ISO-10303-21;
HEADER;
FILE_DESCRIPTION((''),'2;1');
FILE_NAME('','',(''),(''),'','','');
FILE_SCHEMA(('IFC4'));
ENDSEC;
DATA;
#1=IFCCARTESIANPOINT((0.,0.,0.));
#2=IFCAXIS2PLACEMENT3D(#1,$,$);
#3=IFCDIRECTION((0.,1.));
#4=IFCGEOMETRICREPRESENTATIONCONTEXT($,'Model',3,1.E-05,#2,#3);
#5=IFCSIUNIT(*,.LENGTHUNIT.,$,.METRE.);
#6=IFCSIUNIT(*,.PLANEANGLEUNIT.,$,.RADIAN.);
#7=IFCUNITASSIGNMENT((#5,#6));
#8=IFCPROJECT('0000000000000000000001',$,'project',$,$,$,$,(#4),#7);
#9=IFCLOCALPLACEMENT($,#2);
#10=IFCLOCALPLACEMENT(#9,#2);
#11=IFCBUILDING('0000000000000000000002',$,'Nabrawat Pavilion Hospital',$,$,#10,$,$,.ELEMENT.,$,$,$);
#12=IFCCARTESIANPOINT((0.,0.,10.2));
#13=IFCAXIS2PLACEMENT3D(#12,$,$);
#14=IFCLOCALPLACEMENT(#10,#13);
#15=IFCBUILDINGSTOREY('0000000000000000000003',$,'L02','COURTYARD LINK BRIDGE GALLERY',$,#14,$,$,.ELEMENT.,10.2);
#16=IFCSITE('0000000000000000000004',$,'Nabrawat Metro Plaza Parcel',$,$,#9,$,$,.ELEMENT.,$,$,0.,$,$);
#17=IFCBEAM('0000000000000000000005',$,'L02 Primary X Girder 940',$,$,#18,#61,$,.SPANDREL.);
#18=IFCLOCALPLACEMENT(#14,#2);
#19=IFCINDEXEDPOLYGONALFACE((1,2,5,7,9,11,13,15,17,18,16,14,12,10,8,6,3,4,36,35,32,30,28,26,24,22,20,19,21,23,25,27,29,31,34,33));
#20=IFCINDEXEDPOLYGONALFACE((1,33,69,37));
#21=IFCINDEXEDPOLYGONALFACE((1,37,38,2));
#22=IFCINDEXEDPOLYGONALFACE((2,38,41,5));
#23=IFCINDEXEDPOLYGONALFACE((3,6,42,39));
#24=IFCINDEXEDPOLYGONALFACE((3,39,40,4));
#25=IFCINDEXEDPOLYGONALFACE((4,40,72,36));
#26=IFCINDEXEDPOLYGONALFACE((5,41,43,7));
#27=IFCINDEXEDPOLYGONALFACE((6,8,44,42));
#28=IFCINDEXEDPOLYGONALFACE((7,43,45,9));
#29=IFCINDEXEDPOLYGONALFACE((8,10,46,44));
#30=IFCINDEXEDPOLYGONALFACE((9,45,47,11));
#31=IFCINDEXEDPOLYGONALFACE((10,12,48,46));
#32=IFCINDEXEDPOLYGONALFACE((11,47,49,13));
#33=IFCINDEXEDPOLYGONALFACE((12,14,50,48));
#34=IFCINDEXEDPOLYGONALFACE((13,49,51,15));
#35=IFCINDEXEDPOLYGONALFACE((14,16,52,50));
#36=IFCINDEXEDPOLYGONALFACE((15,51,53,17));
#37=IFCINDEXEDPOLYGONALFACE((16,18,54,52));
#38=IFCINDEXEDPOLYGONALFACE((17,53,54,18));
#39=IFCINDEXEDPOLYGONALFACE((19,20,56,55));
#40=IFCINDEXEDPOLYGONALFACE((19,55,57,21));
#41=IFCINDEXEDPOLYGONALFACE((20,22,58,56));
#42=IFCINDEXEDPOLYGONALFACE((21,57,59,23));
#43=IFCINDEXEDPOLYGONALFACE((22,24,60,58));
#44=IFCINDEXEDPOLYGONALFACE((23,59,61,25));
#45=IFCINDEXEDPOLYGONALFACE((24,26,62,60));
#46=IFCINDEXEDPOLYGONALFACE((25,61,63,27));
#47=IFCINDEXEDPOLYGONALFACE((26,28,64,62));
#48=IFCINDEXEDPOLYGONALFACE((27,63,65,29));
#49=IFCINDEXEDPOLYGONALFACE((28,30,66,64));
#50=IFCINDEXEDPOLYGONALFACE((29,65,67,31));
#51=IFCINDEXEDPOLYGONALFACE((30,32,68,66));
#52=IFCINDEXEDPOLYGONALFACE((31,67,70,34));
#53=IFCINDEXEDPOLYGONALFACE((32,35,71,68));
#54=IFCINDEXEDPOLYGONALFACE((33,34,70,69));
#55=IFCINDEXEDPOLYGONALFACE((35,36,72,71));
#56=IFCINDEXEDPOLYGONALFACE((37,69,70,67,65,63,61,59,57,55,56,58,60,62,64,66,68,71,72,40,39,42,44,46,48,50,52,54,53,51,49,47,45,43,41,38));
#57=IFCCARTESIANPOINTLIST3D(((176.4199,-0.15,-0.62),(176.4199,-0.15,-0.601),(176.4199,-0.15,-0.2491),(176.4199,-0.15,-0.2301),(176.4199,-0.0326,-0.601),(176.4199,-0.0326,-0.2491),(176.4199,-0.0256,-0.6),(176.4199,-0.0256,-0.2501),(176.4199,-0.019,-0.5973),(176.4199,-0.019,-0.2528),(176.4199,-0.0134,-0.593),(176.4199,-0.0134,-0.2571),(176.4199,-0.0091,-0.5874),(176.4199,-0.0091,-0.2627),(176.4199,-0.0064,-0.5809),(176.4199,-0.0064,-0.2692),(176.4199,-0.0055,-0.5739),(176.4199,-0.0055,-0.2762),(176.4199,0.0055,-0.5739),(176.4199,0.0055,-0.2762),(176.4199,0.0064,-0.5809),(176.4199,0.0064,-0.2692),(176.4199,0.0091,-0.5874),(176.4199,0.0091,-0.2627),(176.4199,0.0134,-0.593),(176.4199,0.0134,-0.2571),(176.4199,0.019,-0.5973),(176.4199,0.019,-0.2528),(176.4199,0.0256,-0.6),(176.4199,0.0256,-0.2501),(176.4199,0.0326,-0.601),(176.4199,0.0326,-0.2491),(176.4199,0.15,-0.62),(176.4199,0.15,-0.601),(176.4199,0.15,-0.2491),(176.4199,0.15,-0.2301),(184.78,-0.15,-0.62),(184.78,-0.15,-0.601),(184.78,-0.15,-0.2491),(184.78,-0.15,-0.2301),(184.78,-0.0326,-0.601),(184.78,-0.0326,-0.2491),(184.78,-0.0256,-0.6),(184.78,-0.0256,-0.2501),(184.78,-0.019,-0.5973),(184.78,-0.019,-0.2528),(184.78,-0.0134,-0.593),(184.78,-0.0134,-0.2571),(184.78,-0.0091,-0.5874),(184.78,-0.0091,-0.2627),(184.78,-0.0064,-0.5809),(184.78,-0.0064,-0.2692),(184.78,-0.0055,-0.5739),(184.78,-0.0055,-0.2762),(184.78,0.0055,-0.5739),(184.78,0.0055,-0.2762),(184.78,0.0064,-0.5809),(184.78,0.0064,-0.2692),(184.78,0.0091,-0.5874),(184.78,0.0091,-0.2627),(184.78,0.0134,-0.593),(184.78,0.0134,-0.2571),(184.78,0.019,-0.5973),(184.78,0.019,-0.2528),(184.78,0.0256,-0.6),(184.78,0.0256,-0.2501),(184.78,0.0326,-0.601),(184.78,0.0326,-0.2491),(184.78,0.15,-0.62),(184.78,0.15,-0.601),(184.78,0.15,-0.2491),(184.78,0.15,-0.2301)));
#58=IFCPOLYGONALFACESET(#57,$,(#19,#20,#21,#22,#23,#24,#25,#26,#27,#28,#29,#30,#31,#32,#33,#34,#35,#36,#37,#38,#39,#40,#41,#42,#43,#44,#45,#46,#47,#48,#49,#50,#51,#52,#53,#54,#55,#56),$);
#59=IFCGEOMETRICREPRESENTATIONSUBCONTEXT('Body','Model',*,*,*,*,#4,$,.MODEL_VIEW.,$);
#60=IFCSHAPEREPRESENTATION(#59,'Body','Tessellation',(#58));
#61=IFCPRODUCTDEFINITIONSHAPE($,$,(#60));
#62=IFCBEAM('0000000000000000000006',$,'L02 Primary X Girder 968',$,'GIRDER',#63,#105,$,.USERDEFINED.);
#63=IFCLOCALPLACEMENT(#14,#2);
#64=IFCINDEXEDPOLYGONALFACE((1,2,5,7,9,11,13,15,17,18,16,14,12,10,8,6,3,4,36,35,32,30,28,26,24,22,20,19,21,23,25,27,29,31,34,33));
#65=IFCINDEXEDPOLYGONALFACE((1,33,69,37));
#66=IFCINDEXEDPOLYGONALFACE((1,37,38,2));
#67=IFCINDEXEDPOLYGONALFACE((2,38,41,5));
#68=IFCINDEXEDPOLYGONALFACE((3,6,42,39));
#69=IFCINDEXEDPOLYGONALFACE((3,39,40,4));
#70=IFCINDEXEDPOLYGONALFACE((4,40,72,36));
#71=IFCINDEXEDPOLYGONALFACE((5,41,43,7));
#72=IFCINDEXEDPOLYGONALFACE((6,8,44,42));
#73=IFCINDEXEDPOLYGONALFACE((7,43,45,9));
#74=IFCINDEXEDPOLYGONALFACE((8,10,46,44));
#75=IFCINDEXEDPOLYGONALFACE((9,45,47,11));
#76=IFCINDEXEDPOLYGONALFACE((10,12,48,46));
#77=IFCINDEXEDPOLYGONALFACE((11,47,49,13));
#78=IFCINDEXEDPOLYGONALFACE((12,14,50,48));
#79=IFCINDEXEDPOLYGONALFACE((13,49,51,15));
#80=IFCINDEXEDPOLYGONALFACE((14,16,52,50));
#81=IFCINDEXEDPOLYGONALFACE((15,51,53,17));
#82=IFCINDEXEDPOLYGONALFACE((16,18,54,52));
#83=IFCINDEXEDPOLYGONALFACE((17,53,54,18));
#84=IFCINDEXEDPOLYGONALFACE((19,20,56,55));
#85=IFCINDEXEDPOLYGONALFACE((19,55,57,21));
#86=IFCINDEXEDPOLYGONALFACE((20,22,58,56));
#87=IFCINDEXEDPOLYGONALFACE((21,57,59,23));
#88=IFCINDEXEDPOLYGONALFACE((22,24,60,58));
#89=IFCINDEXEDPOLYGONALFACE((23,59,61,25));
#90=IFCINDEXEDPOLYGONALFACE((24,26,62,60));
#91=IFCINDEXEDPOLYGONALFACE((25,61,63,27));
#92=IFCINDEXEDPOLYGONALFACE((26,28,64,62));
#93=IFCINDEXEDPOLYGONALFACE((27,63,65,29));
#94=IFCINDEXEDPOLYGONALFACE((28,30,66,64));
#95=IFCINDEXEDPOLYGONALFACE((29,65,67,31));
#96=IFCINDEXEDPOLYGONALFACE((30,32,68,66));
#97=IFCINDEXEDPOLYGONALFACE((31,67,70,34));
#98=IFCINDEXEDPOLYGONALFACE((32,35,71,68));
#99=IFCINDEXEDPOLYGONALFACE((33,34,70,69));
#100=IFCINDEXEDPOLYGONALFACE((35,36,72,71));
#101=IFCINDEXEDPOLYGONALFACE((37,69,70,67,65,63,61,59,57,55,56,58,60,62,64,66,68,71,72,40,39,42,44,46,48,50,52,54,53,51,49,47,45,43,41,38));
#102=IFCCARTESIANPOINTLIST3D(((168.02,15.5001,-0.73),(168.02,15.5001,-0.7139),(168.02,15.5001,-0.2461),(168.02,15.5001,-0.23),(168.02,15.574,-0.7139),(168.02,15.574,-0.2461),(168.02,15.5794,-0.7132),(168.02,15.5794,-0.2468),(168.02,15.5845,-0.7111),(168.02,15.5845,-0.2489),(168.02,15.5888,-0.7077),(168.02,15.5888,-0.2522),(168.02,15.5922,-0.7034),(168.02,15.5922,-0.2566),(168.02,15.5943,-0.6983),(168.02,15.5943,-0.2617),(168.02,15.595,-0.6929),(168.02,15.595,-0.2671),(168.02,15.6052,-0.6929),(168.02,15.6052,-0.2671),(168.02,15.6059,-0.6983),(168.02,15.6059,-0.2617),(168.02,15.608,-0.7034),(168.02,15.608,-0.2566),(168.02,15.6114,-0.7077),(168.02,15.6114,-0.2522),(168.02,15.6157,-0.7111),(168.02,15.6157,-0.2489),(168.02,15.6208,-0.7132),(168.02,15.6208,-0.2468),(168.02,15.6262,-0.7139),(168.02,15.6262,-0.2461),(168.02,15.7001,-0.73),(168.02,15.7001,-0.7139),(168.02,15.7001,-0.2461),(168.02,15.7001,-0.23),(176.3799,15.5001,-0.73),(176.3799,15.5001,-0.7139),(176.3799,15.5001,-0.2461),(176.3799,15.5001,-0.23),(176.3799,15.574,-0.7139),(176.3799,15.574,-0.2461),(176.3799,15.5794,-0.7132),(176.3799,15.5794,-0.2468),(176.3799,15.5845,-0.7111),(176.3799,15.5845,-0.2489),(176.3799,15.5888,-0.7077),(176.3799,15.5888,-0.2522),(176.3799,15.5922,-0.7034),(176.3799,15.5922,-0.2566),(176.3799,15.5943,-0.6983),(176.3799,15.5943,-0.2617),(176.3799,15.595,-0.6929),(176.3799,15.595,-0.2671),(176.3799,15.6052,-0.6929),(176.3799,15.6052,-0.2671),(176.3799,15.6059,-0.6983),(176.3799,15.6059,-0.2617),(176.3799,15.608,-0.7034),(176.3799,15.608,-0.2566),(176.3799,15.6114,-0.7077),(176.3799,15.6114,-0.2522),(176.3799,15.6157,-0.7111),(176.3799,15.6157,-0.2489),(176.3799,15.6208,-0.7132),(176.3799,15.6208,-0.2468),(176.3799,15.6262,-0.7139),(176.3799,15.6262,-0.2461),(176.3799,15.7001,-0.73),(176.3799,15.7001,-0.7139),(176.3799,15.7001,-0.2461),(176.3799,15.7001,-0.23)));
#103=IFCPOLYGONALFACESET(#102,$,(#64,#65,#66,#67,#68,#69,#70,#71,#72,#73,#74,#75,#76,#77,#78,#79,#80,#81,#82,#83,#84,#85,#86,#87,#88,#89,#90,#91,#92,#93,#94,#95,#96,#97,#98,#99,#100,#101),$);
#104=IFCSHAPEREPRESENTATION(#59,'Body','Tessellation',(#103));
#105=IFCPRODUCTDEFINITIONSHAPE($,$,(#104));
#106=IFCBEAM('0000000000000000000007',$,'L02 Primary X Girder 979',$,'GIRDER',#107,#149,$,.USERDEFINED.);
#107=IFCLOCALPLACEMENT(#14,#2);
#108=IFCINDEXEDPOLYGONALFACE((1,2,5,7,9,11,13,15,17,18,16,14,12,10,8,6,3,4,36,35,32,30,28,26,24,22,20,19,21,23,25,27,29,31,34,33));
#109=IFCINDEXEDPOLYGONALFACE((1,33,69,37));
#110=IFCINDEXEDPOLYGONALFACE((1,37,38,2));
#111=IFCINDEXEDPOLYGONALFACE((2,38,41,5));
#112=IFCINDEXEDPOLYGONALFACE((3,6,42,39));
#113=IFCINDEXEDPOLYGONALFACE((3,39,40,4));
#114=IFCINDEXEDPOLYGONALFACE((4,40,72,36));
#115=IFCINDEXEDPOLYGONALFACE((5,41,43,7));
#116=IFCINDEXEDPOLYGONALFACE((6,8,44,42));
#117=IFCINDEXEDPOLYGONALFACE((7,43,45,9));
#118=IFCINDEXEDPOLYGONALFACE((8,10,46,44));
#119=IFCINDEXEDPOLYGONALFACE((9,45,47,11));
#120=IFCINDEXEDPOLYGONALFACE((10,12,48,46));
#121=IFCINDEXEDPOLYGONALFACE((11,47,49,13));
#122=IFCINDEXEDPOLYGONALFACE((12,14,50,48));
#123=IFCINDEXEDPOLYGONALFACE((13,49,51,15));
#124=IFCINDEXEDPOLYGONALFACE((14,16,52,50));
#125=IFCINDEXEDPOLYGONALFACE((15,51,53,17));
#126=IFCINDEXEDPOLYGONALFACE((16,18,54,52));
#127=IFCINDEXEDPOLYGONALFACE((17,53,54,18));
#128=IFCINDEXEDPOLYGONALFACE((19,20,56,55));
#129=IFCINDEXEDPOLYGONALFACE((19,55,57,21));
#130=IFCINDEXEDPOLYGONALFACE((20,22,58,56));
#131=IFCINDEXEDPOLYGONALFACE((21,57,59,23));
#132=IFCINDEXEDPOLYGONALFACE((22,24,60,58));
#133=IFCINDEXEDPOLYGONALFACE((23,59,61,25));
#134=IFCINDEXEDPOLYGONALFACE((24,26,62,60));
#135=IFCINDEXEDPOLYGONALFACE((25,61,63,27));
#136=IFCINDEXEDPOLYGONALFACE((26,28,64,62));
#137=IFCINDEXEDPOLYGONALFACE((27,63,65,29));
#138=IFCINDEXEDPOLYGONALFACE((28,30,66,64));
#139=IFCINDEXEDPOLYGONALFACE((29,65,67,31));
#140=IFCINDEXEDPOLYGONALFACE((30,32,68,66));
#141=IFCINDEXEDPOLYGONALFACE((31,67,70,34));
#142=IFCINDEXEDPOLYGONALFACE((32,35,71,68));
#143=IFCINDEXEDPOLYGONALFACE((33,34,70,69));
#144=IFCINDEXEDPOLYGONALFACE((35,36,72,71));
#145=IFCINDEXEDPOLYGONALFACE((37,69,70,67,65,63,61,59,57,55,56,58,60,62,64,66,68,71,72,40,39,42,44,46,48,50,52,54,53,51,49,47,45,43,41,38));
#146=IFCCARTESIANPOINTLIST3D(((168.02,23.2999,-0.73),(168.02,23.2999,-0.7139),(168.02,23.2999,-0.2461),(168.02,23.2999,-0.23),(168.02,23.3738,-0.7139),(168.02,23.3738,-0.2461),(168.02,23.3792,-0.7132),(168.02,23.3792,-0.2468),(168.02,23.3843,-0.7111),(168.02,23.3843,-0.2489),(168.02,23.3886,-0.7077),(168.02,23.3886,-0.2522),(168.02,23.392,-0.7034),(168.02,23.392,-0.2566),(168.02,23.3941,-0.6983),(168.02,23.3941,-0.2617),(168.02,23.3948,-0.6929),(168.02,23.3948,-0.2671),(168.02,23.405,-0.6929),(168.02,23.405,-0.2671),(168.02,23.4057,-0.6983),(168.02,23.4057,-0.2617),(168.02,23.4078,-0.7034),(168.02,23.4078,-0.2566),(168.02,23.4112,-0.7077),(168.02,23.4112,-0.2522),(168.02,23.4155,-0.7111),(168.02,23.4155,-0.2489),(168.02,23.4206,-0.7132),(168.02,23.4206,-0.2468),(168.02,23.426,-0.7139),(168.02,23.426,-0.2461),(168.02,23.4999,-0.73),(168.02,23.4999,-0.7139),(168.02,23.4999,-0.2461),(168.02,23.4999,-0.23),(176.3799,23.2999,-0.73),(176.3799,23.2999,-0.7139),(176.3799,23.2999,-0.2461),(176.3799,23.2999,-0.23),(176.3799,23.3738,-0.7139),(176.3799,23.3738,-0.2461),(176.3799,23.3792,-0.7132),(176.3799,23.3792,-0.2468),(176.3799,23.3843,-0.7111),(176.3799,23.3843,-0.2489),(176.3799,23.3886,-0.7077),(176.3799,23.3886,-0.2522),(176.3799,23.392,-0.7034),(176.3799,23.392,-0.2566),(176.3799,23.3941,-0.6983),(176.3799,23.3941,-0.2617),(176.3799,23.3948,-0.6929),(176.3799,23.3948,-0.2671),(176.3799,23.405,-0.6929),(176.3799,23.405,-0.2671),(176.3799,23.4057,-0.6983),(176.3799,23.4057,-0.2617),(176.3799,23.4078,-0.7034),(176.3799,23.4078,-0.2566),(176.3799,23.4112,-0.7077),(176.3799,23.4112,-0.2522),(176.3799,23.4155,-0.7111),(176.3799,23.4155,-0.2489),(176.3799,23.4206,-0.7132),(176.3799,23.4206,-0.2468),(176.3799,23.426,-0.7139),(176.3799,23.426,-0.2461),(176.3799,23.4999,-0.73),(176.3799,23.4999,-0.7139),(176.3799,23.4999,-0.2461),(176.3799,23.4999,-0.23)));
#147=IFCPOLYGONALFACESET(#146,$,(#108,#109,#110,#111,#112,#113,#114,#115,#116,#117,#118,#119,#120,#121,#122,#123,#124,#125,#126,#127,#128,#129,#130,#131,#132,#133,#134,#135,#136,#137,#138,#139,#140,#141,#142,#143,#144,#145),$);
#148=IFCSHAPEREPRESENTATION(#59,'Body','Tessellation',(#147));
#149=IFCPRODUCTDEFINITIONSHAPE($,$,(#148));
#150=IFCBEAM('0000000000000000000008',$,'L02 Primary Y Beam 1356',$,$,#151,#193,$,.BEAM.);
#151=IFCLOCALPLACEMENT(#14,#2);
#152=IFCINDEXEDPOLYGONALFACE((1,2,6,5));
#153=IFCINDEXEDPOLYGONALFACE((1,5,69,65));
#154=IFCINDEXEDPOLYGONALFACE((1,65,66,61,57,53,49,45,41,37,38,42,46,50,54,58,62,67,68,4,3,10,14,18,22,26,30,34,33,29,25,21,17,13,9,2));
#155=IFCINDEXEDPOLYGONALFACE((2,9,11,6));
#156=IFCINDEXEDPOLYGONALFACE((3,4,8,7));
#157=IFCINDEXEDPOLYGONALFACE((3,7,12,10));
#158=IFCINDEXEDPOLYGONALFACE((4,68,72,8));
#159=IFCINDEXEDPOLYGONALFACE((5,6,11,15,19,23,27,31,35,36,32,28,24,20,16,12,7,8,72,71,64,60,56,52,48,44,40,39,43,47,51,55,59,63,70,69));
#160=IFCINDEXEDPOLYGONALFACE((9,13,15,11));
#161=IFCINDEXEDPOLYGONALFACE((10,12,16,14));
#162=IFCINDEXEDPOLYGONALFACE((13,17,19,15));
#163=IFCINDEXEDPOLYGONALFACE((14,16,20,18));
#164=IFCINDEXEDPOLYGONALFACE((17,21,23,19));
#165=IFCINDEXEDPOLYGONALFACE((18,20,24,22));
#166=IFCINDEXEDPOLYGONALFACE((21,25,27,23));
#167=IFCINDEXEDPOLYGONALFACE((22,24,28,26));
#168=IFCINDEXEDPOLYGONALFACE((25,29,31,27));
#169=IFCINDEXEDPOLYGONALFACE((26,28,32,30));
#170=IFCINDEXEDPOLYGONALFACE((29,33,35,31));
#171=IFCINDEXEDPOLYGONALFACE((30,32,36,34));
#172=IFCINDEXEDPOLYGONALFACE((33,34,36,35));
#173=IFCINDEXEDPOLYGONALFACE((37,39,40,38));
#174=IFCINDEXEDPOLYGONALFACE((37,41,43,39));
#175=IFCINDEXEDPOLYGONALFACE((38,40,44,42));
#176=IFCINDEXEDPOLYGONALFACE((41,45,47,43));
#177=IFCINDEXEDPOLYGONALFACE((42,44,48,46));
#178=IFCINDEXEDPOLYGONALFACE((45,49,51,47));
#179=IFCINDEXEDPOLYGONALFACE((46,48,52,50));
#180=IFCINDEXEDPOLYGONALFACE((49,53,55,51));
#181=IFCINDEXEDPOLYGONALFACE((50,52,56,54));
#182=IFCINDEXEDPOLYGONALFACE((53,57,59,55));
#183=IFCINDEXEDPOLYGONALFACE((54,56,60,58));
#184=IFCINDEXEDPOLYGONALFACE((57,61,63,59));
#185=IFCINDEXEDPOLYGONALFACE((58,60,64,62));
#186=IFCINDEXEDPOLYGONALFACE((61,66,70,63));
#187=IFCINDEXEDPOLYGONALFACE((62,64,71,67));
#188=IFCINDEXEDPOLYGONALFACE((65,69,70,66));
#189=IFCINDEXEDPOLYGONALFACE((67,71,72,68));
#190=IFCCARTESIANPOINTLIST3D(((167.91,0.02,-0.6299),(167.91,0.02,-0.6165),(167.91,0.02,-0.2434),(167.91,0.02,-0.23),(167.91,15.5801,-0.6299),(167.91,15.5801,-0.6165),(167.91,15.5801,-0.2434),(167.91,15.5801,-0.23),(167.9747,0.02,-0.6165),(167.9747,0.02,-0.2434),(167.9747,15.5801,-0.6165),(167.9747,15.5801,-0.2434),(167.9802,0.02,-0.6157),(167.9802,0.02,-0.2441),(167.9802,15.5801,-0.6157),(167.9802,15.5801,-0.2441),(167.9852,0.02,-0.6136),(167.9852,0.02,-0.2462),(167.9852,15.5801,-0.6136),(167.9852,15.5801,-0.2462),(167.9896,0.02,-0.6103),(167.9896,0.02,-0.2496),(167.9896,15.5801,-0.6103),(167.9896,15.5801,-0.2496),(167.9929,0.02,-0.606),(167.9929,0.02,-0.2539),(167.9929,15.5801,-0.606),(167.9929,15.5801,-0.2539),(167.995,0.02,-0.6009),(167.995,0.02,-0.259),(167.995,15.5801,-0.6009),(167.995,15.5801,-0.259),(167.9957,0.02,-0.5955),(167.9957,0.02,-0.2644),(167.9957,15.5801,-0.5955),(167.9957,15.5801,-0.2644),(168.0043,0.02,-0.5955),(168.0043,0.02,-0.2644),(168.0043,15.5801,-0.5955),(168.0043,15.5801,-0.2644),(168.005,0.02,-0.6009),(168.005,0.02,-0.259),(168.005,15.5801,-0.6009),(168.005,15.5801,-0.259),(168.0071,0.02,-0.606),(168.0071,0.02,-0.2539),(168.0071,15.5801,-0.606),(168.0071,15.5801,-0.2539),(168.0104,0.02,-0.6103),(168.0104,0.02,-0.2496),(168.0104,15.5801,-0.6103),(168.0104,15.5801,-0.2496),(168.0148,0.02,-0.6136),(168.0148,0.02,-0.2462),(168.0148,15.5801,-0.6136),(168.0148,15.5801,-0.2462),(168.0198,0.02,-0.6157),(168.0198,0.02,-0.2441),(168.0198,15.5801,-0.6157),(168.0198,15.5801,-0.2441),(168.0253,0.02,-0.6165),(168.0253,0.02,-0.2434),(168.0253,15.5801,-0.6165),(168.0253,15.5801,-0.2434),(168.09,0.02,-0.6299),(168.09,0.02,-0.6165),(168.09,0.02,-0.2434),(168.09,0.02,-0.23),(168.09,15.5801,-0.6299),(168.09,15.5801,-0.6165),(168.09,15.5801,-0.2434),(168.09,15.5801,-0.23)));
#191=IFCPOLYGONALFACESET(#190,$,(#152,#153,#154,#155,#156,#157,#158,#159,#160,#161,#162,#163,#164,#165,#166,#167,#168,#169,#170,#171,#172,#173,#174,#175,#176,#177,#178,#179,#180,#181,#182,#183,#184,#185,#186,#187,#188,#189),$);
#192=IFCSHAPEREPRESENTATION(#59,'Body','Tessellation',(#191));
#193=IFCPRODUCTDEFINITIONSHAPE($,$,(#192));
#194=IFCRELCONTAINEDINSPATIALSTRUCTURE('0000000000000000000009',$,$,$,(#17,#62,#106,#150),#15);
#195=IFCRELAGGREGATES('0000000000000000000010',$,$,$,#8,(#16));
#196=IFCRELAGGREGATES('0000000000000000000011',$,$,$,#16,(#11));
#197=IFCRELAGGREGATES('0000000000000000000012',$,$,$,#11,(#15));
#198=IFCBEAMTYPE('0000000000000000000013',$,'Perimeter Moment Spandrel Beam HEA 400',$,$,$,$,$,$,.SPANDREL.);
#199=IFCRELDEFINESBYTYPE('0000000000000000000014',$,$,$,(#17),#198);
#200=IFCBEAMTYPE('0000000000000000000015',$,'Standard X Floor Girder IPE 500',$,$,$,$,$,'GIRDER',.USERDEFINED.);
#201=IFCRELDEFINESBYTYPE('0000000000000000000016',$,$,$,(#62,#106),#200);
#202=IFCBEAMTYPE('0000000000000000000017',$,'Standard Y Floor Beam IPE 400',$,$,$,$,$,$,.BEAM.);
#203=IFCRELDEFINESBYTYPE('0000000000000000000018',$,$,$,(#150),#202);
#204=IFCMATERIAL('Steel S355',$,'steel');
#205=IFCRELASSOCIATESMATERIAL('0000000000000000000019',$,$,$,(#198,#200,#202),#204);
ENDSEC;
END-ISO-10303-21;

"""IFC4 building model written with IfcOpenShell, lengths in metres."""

from ifc_helpers import new_model, si_unit, direction, frame, origin, origin_2d, place, context, subcontext, project, spatial, i_section, extrude, material, material_profile, profile_set, type_object, element, save


model = new_model("IFC4")

# Units and contexts
model_context = context("Model", 3, precision=1e-05, world=origin(), true_north=direction((0.0, 1.0)))
body_context = subcontext(model_context, "Body", "Model", "MODEL_VIEW")
ifc_project = project(units=[si_unit("LENGTHUNIT", "METRE"), si_unit("PLANEANGLEUNIT", "RADIAN")], contexts=[model_context])

# Site, building, storey
site_placement = place(None, origin())
site = spatial("IfcSite", under=ifc_project, at=site_placement, Name="Nabrawat Metro Plaza Parcel", CompositionType="ELEMENT", RefElevation=0.0)
building_placement = place(site_placement, origin())
building = spatial("IfcBuilding", under=site, at=building_placement, Name="Nabrawat Pavilion Hospital", CompositionType="ELEMENT")
storey_placement = place(building_placement, frame((0.0, 0.0, 10.2)))
storey = spatial("IfcBuildingStorey", under=building, at=storey_placement, Name="L02", Description="COURTYARD LINK BRIDGE GALLERY", CompositionType="ELEMENT", Elevation=10.2)

# Shared definitions
ifc_material_1 = material(Name="Steel S355", Category="steel")

# Beams
ifc_material_profile_1 = material_profile(ifc_material_1, i_section(OverallWidth=0.3, OverallDepth=0.3899, WebThickness=0.011, FlangeThickness=0.019, FilletRadius=0.0271, at=origin_2d()), Name="HEA 400")
ifc_profile_set_1 = profile_set([ifc_material_profile_1], Name="Steel S355")
beam_type_1 = type_object("IfcBeamType", Name="Perimeter Moment Spandrel Beam HEA 400", PredefinedType="SPANDREL", material=ifc_profile_set_1)
beam_1_placement = place(storey_placement, frame((176.4199, 0.0, -0.425), z_axis=(1.0, 0.0, 0.0), x_axis=(0.0, 1.0, 0.0)))
element("IfcBeam", 1, at=beam_1_placement, inside=storey, type_object=beam_type_1, Name="L02 Primary X Girder 940", PredefinedType="SPANDREL", context=body_context, shape_type="SweptSolid", body=[
    extrude(i_section(OverallWidth=0.3, OverallDepth=0.3899, WebThickness=0.011, FlangeThickness=0.019, FilletRadius=0.0271, at=origin_2d()), origin(), (0.0, 0.0, 1.0), 8.3601),
])
ifc_material_profile_2 = material_profile(ifc_material_1, i_section(OverallWidth=0.2, OverallDepth=0.5, WebThickness=0.0103, FlangeThickness=0.0161, FilletRadius=0.021, at=origin_2d()), Name="IPE 500")
ifc_profile_set_2 = profile_set([ifc_material_profile_2], Name="Steel S355")
beam_type_2 = type_object("IfcBeamType", Name="Standard X Floor Girder IPE 500", ElementType="GIRDER", PredefinedType="USERDEFINED", material=ifc_profile_set_2)
for number, where, z_axis, x_axis, name in (
    (2, (168.02, 15.6001, -0.48), (1.0, 0.0, 0.0), (0.0, 1.0, 0.0), "L02 Primary X Girder 968"),
    (3, (168.02, 23.3999, -0.48), (1.0, 0.0, 0.0), (0.0, 1.0, 0.0), "L02 Primary X Girder 979"),
):
    element("IfcBeam", number, at=place(storey_placement, frame(where, z_axis=z_axis, x_axis=x_axis)), inside=storey, type_object=beam_type_2, Name=name, ObjectType="GIRDER", PredefinedType="USERDEFINED", context=body_context, shape_type="SweptSolid", body=[
        extrude(i_section(OverallWidth=0.2, OverallDepth=0.5, WebThickness=0.0103, FlangeThickness=0.0161, FilletRadius=0.021, at=origin_2d()), origin(), (0.0, 0.0, 1.0), 8.3599),
    ])
ifc_material_profile_3 = material_profile(ifc_material_1, i_section(OverallWidth=0.1799, OverallDepth=0.3999, WebThickness=0.0085, FlangeThickness=0.0134, FilletRadius=0.021, at=origin_2d()), Name="IPE 400")
ifc_profile_set_3 = profile_set([ifc_material_profile_3], Name="Steel S355")
beam_type_3 = type_object("IfcBeamType", Name="Standard Y Floor Beam IPE 400", PredefinedType="BEAM", material=ifc_profile_set_3)
beam_2_placement = place(storey_placement, frame((168.0, 0.02, -0.4299), z_axis=(0.0, 1.0, 0.0), x_axis=(-1.0, 0.0, 0.0)))
element("IfcBeam", 4, at=beam_2_placement, inside=storey, type_object=beam_type_3, Name="L02 Primary Y Beam 1356", PredefinedType="BEAM", context=body_context, shape_type="SweptSolid", body=[
    extrude(i_section(OverallWidth=0.1799, OverallDepth=0.3999, WebThickness=0.0085, FlangeThickness=0.0134, FilletRadius=0.021, at=origin_2d()), origin(), (0.0, 0.0, 1.0), 15.5601),
])

save(model, "model.ifc")
